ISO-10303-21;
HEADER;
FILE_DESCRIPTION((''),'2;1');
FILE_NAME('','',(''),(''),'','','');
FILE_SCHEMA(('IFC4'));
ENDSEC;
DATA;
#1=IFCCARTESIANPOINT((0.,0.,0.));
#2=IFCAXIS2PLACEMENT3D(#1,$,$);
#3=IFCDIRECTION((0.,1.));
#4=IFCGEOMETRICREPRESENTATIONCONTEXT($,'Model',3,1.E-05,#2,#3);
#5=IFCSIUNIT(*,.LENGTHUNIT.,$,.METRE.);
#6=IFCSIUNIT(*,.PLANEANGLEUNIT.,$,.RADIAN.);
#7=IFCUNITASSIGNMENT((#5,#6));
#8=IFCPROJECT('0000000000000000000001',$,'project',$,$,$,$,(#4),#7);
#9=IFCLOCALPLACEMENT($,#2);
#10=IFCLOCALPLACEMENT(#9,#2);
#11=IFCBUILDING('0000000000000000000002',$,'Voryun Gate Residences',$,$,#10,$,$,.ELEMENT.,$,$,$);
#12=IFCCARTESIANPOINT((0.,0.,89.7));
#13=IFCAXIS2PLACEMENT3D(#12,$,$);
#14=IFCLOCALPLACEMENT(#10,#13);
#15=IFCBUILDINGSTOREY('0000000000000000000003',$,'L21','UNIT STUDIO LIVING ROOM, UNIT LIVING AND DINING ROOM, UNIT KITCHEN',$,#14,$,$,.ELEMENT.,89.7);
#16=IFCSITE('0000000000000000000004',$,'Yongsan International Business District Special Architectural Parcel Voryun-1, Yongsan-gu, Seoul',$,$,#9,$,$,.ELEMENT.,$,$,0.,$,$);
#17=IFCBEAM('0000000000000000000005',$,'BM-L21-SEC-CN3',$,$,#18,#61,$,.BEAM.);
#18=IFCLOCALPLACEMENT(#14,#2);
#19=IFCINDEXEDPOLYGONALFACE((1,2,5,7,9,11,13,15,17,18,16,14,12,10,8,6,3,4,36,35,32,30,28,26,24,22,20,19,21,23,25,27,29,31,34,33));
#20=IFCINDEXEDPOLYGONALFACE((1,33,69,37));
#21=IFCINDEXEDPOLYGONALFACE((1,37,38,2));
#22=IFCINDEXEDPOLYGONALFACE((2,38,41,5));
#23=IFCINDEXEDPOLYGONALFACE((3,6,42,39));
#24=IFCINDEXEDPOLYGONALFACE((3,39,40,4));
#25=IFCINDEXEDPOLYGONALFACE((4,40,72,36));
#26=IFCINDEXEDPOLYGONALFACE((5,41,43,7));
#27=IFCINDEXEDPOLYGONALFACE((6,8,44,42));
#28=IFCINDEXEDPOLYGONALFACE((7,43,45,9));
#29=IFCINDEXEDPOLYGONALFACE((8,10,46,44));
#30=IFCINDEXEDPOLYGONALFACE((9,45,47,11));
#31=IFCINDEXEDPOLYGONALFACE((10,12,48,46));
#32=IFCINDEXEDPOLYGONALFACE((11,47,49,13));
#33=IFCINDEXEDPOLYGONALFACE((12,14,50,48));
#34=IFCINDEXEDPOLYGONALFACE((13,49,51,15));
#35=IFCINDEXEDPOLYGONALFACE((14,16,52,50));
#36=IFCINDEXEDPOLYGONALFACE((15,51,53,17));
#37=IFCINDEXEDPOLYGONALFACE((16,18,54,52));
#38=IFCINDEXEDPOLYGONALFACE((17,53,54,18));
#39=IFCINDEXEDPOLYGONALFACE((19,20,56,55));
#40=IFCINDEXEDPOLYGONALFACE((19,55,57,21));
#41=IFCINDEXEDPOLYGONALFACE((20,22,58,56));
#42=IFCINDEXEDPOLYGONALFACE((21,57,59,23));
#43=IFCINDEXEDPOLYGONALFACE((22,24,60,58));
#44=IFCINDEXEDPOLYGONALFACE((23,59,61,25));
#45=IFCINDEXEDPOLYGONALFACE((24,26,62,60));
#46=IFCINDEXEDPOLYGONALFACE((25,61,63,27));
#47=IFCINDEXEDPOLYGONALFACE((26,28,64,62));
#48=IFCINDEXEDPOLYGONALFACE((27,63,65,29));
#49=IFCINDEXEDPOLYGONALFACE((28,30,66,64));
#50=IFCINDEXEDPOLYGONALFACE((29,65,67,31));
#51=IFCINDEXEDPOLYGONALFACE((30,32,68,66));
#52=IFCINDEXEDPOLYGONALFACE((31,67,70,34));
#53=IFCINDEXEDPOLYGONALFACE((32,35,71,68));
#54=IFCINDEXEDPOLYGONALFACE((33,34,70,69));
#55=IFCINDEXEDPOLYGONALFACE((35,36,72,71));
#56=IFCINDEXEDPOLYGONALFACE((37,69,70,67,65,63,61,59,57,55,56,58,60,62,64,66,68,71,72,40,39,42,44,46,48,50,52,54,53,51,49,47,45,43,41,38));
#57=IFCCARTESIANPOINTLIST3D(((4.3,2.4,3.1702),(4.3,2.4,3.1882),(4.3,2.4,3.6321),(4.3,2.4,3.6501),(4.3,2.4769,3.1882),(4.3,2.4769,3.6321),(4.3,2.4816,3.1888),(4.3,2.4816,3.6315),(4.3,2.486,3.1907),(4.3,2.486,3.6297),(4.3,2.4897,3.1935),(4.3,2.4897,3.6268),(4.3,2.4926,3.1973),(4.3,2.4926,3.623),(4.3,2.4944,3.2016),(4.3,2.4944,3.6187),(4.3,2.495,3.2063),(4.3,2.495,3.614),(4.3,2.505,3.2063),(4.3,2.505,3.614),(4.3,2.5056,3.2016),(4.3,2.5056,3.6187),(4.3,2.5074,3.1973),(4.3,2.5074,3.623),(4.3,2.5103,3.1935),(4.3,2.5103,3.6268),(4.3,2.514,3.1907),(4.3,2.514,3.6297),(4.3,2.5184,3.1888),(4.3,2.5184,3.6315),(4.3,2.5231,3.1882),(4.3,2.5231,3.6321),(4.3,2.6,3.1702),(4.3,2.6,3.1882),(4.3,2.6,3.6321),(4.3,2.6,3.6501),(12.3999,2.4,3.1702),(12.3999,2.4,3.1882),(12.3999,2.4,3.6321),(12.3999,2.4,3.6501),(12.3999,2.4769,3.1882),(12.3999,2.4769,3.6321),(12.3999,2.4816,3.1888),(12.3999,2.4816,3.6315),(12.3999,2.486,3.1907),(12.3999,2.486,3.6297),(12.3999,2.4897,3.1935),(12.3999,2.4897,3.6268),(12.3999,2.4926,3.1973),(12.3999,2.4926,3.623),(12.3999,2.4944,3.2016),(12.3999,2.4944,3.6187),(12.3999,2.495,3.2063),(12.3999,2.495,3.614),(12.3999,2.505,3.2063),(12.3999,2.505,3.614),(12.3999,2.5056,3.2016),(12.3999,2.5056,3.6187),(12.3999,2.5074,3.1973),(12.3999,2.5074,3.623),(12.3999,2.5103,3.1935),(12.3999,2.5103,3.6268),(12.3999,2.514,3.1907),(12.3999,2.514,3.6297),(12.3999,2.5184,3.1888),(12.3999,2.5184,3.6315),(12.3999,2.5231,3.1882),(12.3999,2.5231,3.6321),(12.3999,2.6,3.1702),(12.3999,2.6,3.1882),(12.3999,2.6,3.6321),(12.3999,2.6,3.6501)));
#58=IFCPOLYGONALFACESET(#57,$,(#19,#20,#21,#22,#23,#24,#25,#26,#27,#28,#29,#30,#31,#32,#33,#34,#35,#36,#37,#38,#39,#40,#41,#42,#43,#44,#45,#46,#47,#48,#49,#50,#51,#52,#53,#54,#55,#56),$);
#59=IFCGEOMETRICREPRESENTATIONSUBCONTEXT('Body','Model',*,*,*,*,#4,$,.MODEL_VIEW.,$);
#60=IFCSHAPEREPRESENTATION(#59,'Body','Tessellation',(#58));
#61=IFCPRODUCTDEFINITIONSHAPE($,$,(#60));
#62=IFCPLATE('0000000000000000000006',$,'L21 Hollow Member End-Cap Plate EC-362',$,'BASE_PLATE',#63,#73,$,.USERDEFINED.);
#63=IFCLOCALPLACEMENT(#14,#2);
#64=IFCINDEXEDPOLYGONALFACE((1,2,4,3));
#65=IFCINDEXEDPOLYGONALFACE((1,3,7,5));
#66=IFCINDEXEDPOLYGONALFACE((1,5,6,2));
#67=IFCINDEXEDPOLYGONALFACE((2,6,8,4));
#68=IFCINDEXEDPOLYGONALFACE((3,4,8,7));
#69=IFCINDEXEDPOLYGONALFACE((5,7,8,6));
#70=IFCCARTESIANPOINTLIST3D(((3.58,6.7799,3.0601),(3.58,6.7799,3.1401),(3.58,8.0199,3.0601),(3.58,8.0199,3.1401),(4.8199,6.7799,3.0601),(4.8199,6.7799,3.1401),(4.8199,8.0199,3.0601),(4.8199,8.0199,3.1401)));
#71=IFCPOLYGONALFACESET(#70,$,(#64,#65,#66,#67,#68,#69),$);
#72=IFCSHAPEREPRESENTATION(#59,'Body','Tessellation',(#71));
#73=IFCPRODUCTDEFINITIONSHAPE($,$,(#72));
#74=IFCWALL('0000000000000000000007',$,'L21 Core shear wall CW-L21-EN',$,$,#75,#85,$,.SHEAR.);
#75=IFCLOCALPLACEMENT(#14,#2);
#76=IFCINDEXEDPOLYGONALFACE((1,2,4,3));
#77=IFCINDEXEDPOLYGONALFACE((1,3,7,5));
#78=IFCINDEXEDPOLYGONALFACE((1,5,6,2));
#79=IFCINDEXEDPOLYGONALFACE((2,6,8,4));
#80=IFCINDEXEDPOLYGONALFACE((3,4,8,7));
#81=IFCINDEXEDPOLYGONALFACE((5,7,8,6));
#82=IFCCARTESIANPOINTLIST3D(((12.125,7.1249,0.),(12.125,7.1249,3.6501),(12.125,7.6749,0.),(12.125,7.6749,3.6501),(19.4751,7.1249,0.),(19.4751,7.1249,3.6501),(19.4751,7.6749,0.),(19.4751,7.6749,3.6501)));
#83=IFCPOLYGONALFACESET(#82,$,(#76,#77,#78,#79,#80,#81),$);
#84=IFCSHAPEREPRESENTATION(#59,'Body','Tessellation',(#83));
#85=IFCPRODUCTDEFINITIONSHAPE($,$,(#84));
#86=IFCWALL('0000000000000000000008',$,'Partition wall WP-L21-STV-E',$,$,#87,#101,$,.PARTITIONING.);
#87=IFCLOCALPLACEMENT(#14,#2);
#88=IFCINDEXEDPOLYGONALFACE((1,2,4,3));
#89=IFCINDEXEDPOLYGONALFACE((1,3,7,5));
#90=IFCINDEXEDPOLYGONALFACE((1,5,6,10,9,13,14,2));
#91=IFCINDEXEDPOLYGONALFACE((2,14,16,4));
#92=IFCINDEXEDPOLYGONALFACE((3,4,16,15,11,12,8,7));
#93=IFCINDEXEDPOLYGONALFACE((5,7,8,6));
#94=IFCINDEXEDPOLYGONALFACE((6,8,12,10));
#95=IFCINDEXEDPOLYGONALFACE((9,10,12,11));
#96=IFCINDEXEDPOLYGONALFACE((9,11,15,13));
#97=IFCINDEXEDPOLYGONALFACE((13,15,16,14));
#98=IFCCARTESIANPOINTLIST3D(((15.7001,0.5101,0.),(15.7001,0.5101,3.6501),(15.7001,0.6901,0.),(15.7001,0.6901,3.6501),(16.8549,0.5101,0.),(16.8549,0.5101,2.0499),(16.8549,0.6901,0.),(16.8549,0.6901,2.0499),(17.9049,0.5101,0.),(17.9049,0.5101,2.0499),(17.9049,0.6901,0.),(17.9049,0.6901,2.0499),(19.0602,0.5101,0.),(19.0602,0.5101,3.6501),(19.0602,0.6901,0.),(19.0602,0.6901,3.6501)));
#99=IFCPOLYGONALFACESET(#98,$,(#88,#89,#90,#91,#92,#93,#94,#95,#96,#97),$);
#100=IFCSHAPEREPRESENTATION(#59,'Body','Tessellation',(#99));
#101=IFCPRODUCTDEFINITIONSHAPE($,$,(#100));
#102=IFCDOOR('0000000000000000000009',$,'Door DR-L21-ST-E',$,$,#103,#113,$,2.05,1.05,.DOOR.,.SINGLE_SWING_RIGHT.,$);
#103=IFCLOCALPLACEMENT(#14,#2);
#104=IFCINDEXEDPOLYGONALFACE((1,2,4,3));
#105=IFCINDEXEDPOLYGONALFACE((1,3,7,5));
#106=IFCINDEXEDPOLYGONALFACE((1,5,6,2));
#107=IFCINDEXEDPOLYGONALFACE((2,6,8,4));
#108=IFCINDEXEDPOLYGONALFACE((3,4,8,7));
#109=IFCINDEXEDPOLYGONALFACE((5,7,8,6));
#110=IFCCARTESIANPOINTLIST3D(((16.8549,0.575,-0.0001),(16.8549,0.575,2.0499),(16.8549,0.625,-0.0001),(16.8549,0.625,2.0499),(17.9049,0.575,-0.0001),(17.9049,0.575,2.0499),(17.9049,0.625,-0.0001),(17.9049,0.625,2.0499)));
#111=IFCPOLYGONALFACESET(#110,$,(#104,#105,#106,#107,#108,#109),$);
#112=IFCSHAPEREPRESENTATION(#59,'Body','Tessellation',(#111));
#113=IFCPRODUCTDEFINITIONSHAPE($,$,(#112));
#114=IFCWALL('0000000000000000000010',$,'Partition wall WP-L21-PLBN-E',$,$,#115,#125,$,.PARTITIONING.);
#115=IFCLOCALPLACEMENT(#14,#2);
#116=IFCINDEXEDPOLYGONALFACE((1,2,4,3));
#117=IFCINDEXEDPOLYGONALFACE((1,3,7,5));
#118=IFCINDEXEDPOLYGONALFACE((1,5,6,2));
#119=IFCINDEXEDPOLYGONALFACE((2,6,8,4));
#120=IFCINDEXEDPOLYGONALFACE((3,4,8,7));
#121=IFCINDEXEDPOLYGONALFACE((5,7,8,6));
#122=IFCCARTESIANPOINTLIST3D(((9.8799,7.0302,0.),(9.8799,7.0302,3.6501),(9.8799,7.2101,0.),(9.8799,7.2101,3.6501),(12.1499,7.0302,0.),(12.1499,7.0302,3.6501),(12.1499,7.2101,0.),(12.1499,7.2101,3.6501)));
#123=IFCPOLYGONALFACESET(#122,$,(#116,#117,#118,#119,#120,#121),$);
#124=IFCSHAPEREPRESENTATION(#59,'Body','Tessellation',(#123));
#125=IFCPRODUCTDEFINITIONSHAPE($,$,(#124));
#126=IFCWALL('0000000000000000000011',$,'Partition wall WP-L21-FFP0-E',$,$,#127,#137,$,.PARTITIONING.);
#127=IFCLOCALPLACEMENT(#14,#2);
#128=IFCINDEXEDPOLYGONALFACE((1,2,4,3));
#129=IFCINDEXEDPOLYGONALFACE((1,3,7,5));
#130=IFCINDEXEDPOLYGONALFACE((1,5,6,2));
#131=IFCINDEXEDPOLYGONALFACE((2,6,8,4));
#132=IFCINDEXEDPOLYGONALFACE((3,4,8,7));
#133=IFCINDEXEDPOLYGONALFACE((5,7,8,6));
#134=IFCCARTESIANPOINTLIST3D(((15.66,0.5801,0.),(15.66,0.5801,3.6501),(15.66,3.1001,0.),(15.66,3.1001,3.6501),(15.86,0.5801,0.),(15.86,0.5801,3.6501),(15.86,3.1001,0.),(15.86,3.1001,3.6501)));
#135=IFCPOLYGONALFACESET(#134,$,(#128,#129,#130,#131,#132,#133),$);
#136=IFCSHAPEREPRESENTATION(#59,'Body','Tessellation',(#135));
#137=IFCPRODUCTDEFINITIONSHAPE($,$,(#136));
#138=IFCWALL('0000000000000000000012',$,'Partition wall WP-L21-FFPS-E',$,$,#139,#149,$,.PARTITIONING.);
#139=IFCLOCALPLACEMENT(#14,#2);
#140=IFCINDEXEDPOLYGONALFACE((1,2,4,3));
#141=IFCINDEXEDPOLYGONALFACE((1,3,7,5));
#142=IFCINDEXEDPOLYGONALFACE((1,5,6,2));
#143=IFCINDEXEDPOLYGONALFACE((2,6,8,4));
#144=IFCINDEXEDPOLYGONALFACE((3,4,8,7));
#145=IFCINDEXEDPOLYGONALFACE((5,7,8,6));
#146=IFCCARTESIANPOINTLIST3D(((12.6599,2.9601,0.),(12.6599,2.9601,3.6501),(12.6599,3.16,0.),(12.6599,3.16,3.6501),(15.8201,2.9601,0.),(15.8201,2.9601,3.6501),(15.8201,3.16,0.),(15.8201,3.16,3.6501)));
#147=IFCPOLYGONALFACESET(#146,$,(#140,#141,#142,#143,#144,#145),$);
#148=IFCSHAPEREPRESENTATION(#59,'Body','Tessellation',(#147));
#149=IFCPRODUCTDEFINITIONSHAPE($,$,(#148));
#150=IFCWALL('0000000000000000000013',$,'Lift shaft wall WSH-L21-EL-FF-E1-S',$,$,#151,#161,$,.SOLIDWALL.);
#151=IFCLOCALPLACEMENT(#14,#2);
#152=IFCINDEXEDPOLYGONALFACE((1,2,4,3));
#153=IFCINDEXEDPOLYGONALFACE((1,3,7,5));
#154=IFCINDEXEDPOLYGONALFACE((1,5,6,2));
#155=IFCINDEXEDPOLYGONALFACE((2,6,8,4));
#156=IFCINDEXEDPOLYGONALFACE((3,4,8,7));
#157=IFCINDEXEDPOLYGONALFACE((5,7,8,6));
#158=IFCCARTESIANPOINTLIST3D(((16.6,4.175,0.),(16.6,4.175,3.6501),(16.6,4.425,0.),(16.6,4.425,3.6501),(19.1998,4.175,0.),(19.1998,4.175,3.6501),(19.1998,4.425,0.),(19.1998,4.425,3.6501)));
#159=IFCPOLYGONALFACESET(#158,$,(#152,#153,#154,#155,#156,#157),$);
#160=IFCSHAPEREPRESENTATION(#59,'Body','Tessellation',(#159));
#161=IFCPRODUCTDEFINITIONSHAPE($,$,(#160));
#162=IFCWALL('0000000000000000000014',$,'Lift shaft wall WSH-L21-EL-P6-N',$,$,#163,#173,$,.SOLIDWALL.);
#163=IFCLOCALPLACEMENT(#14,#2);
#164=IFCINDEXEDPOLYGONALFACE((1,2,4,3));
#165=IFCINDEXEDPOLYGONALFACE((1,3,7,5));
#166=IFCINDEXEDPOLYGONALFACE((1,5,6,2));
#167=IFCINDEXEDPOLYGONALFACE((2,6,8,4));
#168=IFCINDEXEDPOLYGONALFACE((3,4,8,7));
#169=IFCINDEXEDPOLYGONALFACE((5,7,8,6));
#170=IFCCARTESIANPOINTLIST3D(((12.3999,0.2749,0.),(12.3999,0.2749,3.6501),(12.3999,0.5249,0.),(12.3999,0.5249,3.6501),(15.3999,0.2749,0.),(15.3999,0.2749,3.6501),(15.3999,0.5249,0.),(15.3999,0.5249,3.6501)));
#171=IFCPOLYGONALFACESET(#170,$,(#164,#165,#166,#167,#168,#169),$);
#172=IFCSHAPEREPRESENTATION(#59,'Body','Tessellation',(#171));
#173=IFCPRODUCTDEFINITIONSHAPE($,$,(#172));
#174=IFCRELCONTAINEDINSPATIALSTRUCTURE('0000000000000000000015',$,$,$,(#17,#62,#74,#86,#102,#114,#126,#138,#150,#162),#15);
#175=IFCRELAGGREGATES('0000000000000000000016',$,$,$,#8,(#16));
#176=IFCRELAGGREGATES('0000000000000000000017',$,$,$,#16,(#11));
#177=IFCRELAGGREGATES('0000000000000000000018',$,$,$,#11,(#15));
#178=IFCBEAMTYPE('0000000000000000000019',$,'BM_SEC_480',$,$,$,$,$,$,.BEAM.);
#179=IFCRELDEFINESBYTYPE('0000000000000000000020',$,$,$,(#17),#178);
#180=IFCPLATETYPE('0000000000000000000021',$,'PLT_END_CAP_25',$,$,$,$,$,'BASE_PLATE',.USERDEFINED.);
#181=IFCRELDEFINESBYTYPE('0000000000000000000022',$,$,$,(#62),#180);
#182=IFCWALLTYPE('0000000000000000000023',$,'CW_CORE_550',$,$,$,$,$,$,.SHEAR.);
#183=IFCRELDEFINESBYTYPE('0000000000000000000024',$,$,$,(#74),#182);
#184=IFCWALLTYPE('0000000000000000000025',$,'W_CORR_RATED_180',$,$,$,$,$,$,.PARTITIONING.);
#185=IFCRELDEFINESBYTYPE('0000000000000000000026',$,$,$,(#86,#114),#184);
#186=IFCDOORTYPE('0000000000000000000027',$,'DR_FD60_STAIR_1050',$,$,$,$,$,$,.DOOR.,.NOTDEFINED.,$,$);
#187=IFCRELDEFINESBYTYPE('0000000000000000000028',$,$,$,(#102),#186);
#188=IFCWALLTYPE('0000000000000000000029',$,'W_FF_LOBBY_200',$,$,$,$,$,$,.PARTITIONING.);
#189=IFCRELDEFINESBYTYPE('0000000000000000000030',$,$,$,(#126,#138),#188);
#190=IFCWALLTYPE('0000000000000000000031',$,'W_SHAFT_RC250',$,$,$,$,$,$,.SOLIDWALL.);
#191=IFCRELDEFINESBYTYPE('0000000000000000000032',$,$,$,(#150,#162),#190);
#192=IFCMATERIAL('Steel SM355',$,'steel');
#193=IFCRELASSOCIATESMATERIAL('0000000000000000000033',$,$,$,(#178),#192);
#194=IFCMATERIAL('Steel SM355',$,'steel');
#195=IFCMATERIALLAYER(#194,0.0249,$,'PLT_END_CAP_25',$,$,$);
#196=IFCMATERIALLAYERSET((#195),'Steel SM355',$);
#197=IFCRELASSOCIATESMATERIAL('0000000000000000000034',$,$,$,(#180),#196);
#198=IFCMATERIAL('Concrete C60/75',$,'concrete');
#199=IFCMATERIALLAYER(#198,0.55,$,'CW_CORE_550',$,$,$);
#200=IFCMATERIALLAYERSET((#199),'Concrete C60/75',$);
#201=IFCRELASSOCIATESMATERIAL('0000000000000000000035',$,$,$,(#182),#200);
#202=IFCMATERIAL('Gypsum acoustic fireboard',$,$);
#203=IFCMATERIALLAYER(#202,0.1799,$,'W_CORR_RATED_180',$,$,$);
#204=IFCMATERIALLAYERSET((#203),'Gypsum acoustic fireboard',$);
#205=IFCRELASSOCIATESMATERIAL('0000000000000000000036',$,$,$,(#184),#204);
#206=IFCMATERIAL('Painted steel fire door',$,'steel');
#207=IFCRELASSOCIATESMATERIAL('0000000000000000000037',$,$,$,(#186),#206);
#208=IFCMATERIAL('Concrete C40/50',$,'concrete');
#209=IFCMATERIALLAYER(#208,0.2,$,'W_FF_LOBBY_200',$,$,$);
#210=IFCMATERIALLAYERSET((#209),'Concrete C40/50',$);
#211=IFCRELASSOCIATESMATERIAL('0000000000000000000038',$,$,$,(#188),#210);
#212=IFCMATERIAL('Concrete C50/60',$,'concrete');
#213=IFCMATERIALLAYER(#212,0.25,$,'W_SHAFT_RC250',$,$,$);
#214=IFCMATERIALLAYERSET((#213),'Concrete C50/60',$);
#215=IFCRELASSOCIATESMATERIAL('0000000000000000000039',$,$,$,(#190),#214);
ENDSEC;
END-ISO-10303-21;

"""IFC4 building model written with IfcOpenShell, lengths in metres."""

from ifc_helpers import new_model, si_unit, direction, frame, frame_2d, origin, origin_2d, place, context, subcontext, project, spatial, rectangle, i_section, extrude, material, layer, layer_set, material_profile, profile_set, type_object, element, fill, save


model = new_model("IFC4")

# Units and contexts
model_context = context("Model", 3, precision=1e-05, world=origin(), true_north=direction((0.0, 1.0)))
body_context = subcontext(model_context, "Body", "Model", "MODEL_VIEW")
ifc_project = project(units=[si_unit("LENGTHUNIT", "METRE"), si_unit("PLANEANGLEUNIT", "RADIAN")], contexts=[model_context])

# Site, building, storey
site_placement = place(None, origin())
site = spatial("IfcSite", under=ifc_project, at=site_placement, Name="Yongsan International Business District Special Architectural Parcel Voryun-1, Yongsan-gu, Seoul", CompositionType="ELEMENT", RefElevation=0.0)
building_placement = place(site_placement, origin())
building = spatial("IfcBuilding", under=site, at=building_placement, Name="Voryun Gate Residences", CompositionType="ELEMENT")
storey_placement = place(building_placement, frame((0.0, 0.0, 89.7)))
storey = spatial("IfcBuildingStorey", under=building, at=storey_placement, Name="L21", Description="UNIT STUDIO LIVING ROOM, UNIT LIVING AND DINING ROOM, UNIT KITCHEN", CompositionType="ELEMENT", Elevation=89.7)

# Beam
ifc_material_1 = material(Name="Steel SM355", Category="steel")
ifc_material_profile_1 = material_profile(ifc_material_1, i_section(OverallWidth=0.2, OverallDepth=0.48, WebThickness=0.01, FlangeThickness=0.0181, FilletRadius=0.0181, at=origin_2d()), Name="H-480x200x10x18")
ifc_profile_set_1 = profile_set([ifc_material_profile_1], Name="Steel SM355")
beam_type_1 = type_object("IfcBeamType", Name="BM_SEC_480", PredefinedType="BEAM", material=ifc_profile_set_1)
for number, where, z_axis, x_axis, name in (
    (1, (4.3, 2.5, 3.4102), (1.0, 0.0, 0.0), (0.0, 1.0, 0.0), "BM-L21-SEC-CN3"),
):
    element("IfcBeam", number, at=place(storey_placement, frame(where, z_axis=z_axis, x_axis=x_axis)), inside=storey, type_object=beam_type_1, Name=name, PredefinedType="BEAM", context=body_context, shape_type="SweptSolid", body=[
        extrude(i_section(OverallWidth=0.2, OverallDepth=0.48, WebThickness=0.01, FlangeThickness=0.0181, FilletRadius=0.0181, at=origin_2d()), origin(), (0.0, 0.0, 1.0), 8.0999),
    ])

# Plate
ifc_material_2 = material(Name="Steel SM355", Category="steel")
ifc_layer_1 = layer(ifc_material_2, 0.0249, Name="PLT_END_CAP_25")
ifc_layer_set_1 = layer_set([ifc_layer_1], Name="Steel SM355")
plate_type = type_object("IfcPlateType", Name="PLT_END_CAP_25", ElementType="BASE_PLATE", PredefinedType="USERDEFINED", material=ifc_layer_set_1)
plate_placement = place(storey_placement, frame((4.2, 7.3999, 3.0601), z_axis=(0.0, 0.0, 1.0), x_axis=(1.0, 0.0, 0.0)))
element("IfcPlate", 2, at=plate_placement, inside=storey, type_object=plate_type, Name="L21 Hollow Member End-Cap Plate EC-362", ObjectType="BASE_PLATE", PredefinedType="USERDEFINED", context=body_context, shape_type="SweptSolid", body=[
    extrude(rectangle(XDim=1.24, YDim=1.24, at=origin_2d()), origin(), (0.0, 0.0, 1.0), 0.0801),
])

# Wall
ifc_material_3 = material(Name="Concrete C60/75", Category="concrete")
ifc_layer_2 = layer(ifc_material_3, 0.55, Name="CW_CORE_550")
ifc_layer_set_2 = layer_set([ifc_layer_2], Name="Concrete C60/75")
wall_type_1 = type_object("IfcWallType", Name="CW_CORE_550", PredefinedType="SHEAR", material=ifc_layer_set_2)
wall_1_placement = place(storey_placement, frame((12.125, 7.3999, 0.0), z_axis=(0.0, 0.0, 1.0), x_axis=(1.0, 0.0, 0.0)))
element("IfcWall", 3, at=wall_1_placement, inside=storey, type_object=wall_type_1, Name="L21 Core shear wall CW-L21-EN", PredefinedType="SHEAR", context=body_context, shape_type="SweptSolid", body=[
    extrude(rectangle(XDim=7.3501, YDim=0.55, at=frame_2d((3.675, 0.0))), origin(), (0.0, 0.0, 1.0), 3.6501),
])

# Wall, opening, door
ifc_material_4 = material(Name="Gypsum acoustic fireboard")
ifc_layer_3 = layer(ifc_material_4, 0.1799, Name="W_CORR_RATED_180")
ifc_layer_set_3 = layer_set([ifc_layer_3], Name="Gypsum acoustic fireboard")
wall_type_2 = type_object("IfcWallType", Name="W_CORR_RATED_180", PredefinedType="PARTITIONING", material=ifc_layer_set_3)
wall_2_placement = place(storey_placement, frame((15.7, 0.6001, 0.0), z_axis=(0.0, 0.0, 1.0), x_axis=(1.0, 0.0, 0.0)))
wall_2 = element("IfcWall", 4, at=wall_2_placement, inside=storey, type_object=wall_type_2, Name="Partition wall WP-L21-STV-E", PredefinedType="PARTITIONING", context=body_context, shape_type="SweptSolid", body=[
    extrude(rectangle(XDim=3.3601, YDim=0.1799, at=frame_2d((1.6802, 0.0))), origin(), (0.0, 0.0, 1.0), 3.6501),
])
opening_placement = place(wall_2_placement, frame((1.155, 0.0, 0.0)))
opening = element("IfcOpeningElement", 5, at=opening_placement, cuts=wall_2, PredefinedType="OPENING", context=body_context, shape_type="SweptSolid", body=[
    extrude(rectangle(XDim=1.05, YDim=2.05, at=frame_2d((0.5249, 1.0249))), frame((0.0, 0.0999, 0.0), z_axis=(0.0, -1.0, 0.0), x_axis=(1.0, 0.0, 0.0)), (0.0, 0.0, 1.0), 0.2),
])
ifc_material_5 = material(Name="Painted steel fire door", Category="steel")
door_type = type_object("IfcDoorType", Name="DR_FD60_STAIR_1050", OperationType="NOTDEFINED", PredefinedType="DOOR", material=ifc_material_5)
door_placement = place(opening_placement, origin())
door = element("IfcDoor", 6, at=door_placement, inside=storey, type_object=door_type, Name="Door DR-L21-ST-E", OperationType="SINGLE_SWING_RIGHT", OverallHeight=2.05, OverallWidth=1.05, PredefinedType="DOOR", context=body_context, shape_type="SweptSolid", body=[
    extrude(rectangle(XDim=1.05, YDim=2.05, at=frame_2d((0.5249, 1.0249))), frame((0.0, 0.0249, 0.0), z_axis=(0.0, -1.0, 0.0), x_axis=(1.0, 0.0, 0.0)), (0.0, 0.0, 1.0), 0.05),
])
fill(opening, door)

# Walls
wall_3_placement = place(storey_placement, frame((9.8799, 7.1201, 0.0), z_axis=(0.0, 0.0, 1.0), x_axis=(1.0, 0.0, 0.0)))
element("IfcWall", 7, at=wall_3_placement, inside=storey, type_object=wall_type_2, Name="Partition wall WP-L21-PLBN-E", PredefinedType="PARTITIONING", context=body_context, shape_type="SweptSolid", body=[
    extrude(rectangle(XDim=2.27, YDim=0.1799, at=frame_2d((1.135, 0.0))), origin(), (0.0, 0.0, 1.0), 3.6501),
])
ifc_material_6 = material(Name="Concrete C40/50", Category="concrete")
ifc_layer_4 = layer(ifc_material_6, 0.2, Name="W_FF_LOBBY_200")
ifc_layer_set_4 = layer_set([ifc_layer_4], Name="Concrete C40/50")
wall_type_3 = type_object("IfcWallType", Name="W_FF_LOBBY_200", PredefinedType="PARTITIONING", material=ifc_layer_set_4)
wall_4_placement = place(storey_placement, frame((15.76, 0.5801, 0.0), z_axis=(0.0, 0.0, 1.0), x_axis=(0.0, 1.0, 0.0)))
element("IfcWall", 8, at=wall_4_placement, inside=storey, type_object=wall_type_3, Name="Partition wall WP-L21-FFP0-E", PredefinedType="PARTITIONING", context=body_context, shape_type="SweptSolid", body=[
    extrude(rectangle(XDim=2.52, YDim=0.2, at=frame_2d((1.26, 0.0))), origin(), (0.0, 0.0, 1.0), 3.6501),
])
wall_5_placement = place(storey_placement, frame((12.6599, 3.0601, 0.0), z_axis=(0.0, 0.0, 1.0), x_axis=(1.0, 0.0, 0.0)))
element("IfcWall", 9, at=wall_5_placement, inside=storey, type_object=wall_type_3, Name="Partition wall WP-L21-FFPS-E", PredefinedType="PARTITIONING", context=body_context, shape_type="SweptSolid", body=[
    extrude(rectangle(XDim=3.1602, YDim=0.2, at=frame_2d((1.5801, 0.0))), origin(), (0.0, 0.0, 1.0), 3.6501),
])
ifc_material_7 = material(Name="Concrete C50/60", Category="concrete")
ifc_layer_5 = layer(ifc_material_7, 0.25, Name="W_SHAFT_RC250")
ifc_layer_set_5 = layer_set([ifc_layer_5], Name="Concrete C50/60")
wall_type_4 = type_object("IfcWallType", Name="W_SHAFT_RC250", PredefinedType="SOLIDWALL", material=ifc_layer_set_5)
wall_6_placement = place(storey_placement, frame((16.6001, 4.3, 0.0), z_axis=(0.0, 0.0, 1.0), x_axis=(1.0, 0.0, 0.0)))
element("IfcWall", 10, at=wall_6_placement, inside=storey, type_object=wall_type_4, Name="Lift shaft wall WSH-L21-EL-FF-E1-S", PredefinedType="SOLIDWALL", context=body_context, shape_type="SweptSolid", body=[
    extrude(rectangle(XDim=2.5999, YDim=0.25, at=frame_2d((1.2998, 0.0))), origin(), (0.0, 0.0, 1.0), 3.6501),
])
wall_7_placement = place(storey_placement, frame((15.3999, 0.3999, 0.0), z_axis=(0.0, 0.0, 1.0), x_axis=(-1.0, 0.0, 0.0)))
element("IfcWall", 11, at=wall_7_placement, inside=storey, type_object=wall_type_4, Name="Lift shaft wall WSH-L21-EL-P6-N", PredefinedType="SOLIDWALL", context=body_context, shape_type="SweptSolid", body=[
    extrude(rectangle(XDim=3.0, YDim=0.25, at=frame_2d((1.5, 0.0))), origin(), (0.0, 0.0, 1.0), 3.6501),
])

save(model, "model.ifc")
